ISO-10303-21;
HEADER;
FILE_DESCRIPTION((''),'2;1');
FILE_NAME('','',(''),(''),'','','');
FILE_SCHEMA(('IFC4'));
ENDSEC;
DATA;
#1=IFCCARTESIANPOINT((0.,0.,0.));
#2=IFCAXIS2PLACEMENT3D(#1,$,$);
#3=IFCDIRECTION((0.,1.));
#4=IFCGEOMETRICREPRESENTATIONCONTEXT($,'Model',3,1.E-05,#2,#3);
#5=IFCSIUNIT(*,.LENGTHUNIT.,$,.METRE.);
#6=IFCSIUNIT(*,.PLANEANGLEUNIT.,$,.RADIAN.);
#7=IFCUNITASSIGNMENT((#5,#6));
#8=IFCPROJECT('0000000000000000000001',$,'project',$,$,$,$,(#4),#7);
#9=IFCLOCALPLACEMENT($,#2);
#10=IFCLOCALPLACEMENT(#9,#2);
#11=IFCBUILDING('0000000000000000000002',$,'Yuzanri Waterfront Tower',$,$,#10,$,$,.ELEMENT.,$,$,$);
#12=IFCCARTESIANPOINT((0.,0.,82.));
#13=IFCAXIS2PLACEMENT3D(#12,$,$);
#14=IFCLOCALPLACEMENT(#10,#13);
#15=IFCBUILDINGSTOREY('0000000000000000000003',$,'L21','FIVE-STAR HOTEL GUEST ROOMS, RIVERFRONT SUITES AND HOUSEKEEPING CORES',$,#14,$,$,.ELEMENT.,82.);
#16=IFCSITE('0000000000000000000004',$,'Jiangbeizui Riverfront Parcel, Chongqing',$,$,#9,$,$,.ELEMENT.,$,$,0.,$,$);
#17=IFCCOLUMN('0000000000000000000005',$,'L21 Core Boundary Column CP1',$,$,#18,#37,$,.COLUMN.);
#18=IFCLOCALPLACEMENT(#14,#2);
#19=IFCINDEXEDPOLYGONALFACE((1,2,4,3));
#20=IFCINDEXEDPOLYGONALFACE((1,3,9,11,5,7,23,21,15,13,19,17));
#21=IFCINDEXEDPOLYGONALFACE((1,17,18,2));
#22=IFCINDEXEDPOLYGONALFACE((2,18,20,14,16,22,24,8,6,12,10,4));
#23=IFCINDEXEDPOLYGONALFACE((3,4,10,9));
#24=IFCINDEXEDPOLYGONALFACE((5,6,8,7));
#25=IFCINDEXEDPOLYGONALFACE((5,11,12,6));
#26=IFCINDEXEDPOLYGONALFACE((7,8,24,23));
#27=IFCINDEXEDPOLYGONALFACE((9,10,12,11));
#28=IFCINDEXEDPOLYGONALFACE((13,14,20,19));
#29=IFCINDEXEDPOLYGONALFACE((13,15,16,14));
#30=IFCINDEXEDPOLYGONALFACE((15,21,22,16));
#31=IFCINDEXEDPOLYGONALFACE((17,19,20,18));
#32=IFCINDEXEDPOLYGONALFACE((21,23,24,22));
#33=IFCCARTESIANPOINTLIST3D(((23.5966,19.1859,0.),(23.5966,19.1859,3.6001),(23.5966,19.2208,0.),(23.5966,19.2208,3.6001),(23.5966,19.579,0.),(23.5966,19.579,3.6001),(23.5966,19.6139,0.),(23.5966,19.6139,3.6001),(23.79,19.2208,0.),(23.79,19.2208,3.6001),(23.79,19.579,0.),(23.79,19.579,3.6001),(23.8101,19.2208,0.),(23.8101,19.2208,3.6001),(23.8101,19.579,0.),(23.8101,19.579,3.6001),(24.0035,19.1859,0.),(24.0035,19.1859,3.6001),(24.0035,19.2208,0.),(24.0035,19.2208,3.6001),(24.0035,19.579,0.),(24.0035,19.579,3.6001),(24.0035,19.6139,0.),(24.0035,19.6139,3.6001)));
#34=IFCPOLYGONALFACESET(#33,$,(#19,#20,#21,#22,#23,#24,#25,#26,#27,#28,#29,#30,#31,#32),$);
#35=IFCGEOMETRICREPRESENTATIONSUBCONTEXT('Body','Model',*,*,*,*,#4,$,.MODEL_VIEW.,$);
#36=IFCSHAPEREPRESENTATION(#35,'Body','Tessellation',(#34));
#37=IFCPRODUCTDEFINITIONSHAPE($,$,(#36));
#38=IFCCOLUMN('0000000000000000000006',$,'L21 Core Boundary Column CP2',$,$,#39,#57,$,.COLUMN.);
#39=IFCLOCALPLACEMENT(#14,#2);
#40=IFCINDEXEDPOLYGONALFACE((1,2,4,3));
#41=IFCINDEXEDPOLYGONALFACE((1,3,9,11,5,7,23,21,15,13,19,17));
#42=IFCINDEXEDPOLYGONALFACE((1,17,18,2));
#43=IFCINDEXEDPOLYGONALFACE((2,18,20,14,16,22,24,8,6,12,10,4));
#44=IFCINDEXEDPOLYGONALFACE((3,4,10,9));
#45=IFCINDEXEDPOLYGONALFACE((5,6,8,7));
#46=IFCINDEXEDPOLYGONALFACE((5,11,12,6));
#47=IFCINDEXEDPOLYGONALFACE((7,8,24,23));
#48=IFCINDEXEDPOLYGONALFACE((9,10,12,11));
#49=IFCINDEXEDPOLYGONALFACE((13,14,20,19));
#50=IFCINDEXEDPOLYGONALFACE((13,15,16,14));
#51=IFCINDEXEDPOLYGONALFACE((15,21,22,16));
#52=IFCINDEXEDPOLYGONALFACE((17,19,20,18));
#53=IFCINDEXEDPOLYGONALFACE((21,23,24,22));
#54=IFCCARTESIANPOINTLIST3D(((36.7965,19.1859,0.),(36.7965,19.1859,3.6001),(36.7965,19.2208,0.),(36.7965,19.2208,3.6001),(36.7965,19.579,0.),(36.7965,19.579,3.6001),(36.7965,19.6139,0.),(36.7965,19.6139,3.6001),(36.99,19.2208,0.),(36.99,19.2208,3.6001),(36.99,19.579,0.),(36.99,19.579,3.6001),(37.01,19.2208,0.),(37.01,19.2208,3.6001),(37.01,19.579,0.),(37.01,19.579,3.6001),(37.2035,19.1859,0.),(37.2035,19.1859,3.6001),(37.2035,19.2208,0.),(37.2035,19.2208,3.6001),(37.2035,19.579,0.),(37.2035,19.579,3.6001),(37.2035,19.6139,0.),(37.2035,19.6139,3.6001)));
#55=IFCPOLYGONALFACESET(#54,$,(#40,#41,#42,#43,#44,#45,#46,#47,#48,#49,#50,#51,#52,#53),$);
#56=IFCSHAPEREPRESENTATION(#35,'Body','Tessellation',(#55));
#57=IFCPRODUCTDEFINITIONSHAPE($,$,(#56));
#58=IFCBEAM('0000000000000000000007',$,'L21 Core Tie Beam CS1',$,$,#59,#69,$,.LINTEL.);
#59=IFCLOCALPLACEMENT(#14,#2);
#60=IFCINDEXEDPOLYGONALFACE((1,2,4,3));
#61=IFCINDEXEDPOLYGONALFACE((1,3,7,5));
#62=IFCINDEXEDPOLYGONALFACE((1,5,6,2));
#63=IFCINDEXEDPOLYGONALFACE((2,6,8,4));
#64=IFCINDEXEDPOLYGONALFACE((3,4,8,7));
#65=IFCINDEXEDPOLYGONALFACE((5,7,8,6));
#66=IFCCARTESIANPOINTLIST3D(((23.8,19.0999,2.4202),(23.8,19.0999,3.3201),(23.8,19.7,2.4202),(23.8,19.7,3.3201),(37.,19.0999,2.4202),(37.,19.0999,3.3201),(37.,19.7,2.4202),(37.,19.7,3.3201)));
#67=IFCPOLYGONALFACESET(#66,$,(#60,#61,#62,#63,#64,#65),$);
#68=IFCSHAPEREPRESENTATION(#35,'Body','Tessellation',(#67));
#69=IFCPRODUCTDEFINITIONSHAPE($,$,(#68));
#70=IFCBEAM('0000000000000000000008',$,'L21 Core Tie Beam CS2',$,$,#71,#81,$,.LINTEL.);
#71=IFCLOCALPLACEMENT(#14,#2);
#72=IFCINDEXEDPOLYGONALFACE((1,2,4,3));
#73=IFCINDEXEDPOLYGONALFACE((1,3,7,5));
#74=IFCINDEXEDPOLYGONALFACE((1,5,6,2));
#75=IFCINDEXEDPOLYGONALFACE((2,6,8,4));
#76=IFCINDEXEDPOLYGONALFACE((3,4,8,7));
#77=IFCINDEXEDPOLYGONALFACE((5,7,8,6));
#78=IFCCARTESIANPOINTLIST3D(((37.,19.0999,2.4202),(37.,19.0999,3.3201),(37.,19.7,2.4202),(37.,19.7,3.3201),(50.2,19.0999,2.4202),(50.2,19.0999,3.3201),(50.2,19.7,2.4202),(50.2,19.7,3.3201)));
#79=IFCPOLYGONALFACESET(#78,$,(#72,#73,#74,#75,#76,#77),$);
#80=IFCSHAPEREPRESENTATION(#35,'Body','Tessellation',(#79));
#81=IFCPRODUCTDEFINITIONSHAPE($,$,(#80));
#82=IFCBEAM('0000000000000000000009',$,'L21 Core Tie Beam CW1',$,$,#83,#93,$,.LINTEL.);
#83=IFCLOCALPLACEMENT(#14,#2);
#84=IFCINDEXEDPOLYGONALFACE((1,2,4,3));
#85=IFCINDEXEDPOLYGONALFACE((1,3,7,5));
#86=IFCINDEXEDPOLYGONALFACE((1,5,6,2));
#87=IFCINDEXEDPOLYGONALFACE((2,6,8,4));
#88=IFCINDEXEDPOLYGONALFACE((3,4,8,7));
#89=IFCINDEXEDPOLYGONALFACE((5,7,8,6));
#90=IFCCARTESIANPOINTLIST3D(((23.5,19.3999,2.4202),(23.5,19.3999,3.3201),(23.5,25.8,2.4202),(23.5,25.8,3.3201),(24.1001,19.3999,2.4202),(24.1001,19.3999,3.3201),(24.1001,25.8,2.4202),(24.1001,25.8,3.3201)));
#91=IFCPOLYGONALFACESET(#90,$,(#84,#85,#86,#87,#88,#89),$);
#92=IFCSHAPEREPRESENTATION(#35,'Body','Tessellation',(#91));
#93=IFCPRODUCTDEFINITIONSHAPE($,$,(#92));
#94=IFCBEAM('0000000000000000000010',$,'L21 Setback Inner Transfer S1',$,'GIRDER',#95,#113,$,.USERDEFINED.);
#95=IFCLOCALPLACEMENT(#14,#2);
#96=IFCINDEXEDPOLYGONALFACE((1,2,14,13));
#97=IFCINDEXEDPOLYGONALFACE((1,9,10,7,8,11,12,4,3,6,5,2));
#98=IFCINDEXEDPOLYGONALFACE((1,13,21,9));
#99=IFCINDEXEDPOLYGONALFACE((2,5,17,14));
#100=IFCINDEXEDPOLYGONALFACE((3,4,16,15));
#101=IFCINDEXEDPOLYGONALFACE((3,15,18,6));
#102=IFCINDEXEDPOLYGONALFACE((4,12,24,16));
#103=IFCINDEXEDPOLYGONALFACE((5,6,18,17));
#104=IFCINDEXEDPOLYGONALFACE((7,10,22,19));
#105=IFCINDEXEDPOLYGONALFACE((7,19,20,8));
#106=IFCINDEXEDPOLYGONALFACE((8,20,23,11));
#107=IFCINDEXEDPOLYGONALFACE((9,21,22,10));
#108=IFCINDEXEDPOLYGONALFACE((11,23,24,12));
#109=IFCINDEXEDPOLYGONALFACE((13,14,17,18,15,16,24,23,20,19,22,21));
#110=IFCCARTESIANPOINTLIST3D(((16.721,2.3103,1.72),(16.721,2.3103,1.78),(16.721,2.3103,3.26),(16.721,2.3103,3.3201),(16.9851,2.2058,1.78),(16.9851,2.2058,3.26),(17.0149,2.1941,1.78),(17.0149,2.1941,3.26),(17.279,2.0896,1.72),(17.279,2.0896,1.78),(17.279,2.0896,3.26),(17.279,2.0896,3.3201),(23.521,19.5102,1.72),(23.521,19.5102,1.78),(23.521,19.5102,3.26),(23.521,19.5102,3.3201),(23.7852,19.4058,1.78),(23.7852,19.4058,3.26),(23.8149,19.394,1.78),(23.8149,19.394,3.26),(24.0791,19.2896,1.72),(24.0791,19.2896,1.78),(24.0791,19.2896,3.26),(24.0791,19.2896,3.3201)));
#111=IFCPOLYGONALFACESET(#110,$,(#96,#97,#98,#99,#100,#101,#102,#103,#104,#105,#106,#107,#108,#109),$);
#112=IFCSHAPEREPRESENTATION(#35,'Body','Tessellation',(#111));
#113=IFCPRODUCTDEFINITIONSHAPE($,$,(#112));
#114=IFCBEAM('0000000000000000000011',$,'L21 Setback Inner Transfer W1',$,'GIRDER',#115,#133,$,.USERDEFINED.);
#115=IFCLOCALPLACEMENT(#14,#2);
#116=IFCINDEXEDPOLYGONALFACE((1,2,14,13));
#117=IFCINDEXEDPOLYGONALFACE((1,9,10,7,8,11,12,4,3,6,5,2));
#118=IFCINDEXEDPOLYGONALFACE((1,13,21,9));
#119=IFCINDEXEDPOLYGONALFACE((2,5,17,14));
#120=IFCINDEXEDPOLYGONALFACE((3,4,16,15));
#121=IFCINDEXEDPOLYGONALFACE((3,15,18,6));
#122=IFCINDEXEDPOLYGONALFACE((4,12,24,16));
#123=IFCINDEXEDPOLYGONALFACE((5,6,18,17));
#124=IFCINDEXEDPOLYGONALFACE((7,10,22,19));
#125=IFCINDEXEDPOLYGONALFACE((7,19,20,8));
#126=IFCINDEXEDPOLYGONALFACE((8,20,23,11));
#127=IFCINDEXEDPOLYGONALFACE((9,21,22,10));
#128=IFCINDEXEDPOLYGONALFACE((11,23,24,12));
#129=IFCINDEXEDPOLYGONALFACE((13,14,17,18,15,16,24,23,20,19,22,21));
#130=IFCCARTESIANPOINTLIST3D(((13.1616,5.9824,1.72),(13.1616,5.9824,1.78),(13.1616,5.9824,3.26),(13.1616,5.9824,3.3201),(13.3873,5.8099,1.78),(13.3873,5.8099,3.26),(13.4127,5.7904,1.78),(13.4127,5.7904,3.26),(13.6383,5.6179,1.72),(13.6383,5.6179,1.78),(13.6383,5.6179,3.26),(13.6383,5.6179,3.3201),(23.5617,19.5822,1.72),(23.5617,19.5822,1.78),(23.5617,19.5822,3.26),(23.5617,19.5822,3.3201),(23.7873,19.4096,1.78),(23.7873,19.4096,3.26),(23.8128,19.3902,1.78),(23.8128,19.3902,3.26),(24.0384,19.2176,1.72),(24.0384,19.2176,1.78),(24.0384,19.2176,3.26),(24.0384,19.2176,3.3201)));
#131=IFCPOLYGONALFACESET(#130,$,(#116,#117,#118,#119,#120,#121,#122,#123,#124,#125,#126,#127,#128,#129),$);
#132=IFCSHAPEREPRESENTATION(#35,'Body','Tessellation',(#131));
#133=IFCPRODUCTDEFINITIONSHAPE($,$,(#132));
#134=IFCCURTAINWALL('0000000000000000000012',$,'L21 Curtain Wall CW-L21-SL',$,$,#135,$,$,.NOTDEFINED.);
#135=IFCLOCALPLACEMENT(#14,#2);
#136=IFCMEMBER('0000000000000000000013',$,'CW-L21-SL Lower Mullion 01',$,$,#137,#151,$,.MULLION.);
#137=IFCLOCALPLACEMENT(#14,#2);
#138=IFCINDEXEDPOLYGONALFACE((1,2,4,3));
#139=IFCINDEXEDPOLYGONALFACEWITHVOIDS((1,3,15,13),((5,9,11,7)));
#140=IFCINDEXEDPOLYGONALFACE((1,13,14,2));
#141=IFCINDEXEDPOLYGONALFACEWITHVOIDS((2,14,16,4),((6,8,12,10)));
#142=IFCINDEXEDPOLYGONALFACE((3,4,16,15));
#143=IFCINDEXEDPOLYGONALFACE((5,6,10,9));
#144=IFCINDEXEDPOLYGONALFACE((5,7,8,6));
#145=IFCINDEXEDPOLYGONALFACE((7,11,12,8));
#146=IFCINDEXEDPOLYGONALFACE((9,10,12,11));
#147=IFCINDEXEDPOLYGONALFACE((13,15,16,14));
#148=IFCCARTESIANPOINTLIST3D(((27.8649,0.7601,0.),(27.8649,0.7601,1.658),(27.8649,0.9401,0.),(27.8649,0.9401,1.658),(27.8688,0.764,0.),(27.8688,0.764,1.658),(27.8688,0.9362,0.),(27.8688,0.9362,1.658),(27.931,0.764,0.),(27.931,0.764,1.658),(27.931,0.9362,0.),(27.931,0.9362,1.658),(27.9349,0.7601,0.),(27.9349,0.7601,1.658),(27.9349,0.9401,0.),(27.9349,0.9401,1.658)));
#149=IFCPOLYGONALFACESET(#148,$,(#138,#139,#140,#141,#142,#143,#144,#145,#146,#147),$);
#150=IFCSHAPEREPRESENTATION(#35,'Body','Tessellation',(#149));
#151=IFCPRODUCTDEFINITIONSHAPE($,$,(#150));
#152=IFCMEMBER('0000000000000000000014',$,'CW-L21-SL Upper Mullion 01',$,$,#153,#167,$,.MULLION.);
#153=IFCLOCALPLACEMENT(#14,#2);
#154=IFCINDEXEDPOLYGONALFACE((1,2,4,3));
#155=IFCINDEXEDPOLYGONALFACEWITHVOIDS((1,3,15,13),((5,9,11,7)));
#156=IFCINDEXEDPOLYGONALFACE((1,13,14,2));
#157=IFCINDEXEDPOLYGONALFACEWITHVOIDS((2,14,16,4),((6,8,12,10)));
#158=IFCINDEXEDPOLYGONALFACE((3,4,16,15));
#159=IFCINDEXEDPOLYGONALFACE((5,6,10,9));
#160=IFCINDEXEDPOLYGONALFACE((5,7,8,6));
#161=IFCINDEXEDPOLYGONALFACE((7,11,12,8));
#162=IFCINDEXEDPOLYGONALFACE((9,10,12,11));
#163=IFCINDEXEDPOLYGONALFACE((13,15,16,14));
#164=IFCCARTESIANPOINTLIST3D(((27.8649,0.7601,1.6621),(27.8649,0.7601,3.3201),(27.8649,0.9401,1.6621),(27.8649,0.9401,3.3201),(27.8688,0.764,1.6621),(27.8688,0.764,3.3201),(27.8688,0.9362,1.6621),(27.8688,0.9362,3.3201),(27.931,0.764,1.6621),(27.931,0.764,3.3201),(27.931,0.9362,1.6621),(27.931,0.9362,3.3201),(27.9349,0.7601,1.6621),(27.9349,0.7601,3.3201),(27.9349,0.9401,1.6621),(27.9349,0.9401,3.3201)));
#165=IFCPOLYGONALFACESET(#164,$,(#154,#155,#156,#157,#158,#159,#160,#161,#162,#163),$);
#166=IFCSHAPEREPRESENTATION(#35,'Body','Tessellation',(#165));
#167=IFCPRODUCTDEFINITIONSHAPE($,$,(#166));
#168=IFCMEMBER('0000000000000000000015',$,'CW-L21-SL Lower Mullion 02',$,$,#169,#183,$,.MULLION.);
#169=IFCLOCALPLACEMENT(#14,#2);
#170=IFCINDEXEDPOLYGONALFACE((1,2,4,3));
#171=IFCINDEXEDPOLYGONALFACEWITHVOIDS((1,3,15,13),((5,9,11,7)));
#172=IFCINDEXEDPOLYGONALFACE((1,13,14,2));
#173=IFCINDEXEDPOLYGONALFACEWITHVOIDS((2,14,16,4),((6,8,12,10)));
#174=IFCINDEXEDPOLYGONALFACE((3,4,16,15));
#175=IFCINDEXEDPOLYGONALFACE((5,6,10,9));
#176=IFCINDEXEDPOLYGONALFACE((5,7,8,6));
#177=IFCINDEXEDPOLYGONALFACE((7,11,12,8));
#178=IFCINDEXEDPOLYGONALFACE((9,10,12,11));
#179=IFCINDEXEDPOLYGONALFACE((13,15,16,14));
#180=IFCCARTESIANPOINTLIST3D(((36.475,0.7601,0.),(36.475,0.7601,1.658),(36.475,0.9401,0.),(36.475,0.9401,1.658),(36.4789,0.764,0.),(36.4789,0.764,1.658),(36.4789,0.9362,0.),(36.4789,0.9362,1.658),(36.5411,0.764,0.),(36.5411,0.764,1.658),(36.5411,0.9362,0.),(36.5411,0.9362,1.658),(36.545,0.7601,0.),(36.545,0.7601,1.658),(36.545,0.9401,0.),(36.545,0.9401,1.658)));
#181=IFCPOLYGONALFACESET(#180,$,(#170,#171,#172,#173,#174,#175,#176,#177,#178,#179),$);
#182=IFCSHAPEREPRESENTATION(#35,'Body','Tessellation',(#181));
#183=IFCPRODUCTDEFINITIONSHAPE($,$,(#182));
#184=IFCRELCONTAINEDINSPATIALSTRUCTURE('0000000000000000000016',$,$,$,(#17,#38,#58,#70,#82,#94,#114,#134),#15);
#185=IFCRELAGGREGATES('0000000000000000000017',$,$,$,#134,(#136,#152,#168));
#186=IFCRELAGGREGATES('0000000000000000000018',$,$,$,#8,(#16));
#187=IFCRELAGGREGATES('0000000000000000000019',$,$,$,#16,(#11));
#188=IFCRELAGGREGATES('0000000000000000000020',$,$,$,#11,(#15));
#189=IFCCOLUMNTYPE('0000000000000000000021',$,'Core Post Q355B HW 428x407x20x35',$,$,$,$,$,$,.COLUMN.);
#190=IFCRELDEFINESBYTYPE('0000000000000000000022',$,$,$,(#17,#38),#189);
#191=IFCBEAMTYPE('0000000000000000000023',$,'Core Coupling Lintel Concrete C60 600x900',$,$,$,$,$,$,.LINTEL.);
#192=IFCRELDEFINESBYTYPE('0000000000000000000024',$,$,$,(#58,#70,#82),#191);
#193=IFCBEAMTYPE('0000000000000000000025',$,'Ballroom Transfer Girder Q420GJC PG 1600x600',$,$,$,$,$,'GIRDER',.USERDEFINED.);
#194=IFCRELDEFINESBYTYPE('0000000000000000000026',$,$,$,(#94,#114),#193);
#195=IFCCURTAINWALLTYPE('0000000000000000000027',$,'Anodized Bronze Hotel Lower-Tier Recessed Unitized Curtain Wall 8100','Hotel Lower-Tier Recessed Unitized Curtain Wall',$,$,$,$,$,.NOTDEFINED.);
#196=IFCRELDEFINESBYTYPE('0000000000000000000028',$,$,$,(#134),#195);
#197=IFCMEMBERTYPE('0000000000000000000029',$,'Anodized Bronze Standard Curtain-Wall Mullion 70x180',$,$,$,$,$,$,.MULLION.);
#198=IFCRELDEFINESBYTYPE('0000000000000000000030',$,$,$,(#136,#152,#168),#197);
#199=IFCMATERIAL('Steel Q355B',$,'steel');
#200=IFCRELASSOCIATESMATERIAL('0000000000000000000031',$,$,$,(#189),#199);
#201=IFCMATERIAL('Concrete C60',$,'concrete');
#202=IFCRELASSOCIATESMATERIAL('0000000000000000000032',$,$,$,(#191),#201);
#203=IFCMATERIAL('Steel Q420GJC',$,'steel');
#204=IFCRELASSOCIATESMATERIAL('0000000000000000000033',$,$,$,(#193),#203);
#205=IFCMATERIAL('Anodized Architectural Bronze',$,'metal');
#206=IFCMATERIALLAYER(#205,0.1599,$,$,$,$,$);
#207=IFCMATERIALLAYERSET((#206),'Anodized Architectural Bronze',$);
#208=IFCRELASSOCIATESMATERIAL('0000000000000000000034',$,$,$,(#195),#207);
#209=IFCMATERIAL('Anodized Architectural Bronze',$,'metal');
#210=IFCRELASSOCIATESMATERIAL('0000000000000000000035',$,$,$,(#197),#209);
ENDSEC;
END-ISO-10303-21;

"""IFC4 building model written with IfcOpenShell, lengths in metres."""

from ifc_helpers import new_model, si_unit, direction, frame, origin, origin_2d, place, context, subcontext, project, spatial, rectangle, hollow_rectangle, i_section, extrude, source, transform, mapped, material, layer, layer_set, material_profile, profile_set, type_object, element, aggregate, save


model = new_model("IFC4")

# Units and contexts
model_context = context("Model", 3, precision=1e-05, world=origin(), true_north=direction((0.0, 1.0)))
body_context = subcontext(model_context, "Body", "Model", "MODEL_VIEW")
ifc_project = project(units=[si_unit("LENGTHUNIT", "METRE"), si_unit("PLANEANGLEUNIT", "RADIAN")], contexts=[model_context])

# Site, building, storey
site_placement = place(None, origin())
site = spatial("IfcSite", under=ifc_project, at=site_placement, Name="Jiangbeizui Riverfront Parcel, Chongqing", CompositionType="ELEMENT", RefElevation=0.0)
building_placement = place(site_placement, origin())
building = spatial("IfcBuilding", under=site, at=building_placement, Name="Yuzanri Waterfront Tower", CompositionType="ELEMENT")
storey_placement = place(building_placement, frame((0.0, 0.0, 82.0)))
storey = spatial("IfcBuildingStorey", under=building, at=storey_placement, Name="L21", Description="FIVE-STAR HOTEL GUEST ROOMS, RIVERFRONT SUITES AND HOUSEKEEPING CORES", CompositionType="ELEMENT", Elevation=82.0)

# Columns
ifc_material_1 = material(Name="Steel Q355B", Category="steel")
ifc_material_profile_1 = material_profile(ifc_material_1, i_section(OverallWidth=0.407, OverallDepth=0.428, WebThickness=0.02, FlangeThickness=0.0349, at=origin_2d()), Name="HW 428x407x20x35")
ifc_profile_set_1 = profile_set([ifc_material_profile_1], Name="Steel Q355B")
column_type = type_object("IfcColumnType", Name="Core Post Q355B HW 428x407x20x35", PredefinedType="COLUMN", material=ifc_profile_set_1)
shared_shape_1 = source(origin(), body_context, "Body", "SweptSolid", [
    extrude(i_section(OverallWidth=0.407, OverallDepth=0.428, WebThickness=0.02, FlangeThickness=0.0349, at=origin_2d()), origin(), (0.0, 0.0, 1.0), 3.6001),
])
for number, where, z_axis, x_axis, name in (
    (1, (23.8, 19.3999, 0.0), (0.0, 0.0, 1.0), (1.0, 0.0, 0.0), "L21 Core Boundary Column CP1"),
    (2, (37.0, 19.3999, 0.0), (0.0, 0.0, 1.0), (1.0, 0.0, 0.0), "L21 Core Boundary Column CP2"),
):
    element("IfcColumn", number, at=place(storey_placement, frame(where, z_axis=z_axis, x_axis=x_axis)), inside=storey, type_object=column_type, Name=name, PredefinedType="COLUMN", context=body_context, shape_type="MappedRepresentation", body=[
        mapped(shared_shape_1, transform((0.0, 0.0, 0.0), scale=1.0)),
    ])

# Beams
ifc_material_2 = material(Name="Concrete C60", Category="concrete")
ifc_material_profile_2 = material_profile(ifc_material_2, rectangle(XDim=0.6001, YDim=0.8999, at=origin_2d()), Name="RC 600x900")
ifc_profile_set_2 = profile_set([ifc_material_profile_2], Name="Concrete C60")
beam_type_1 = type_object("IfcBeamType", Name="Core Coupling Lintel Concrete C60 600x900", PredefinedType="LINTEL", material=ifc_profile_set_2)
shared_shape_2 = source(origin(), body_context, "Body", "SweptSolid", [
    extrude(rectangle(XDim=0.6001, YDim=0.8999, at=origin_2d()), origin(), (0.0, 0.0, 1.0), 13.2),
])
for number, where, z_axis, x_axis, name in (
    (3, (23.8, 19.3999, 2.8701), (1.0, 0.0, 0.0), (0.0, 1.0, 0.0), "L21 Core Tie Beam CS1"),
    (4, (37.0, 19.3999, 2.8701), (1.0, 0.0, 0.0), (0.0, 1.0, 0.0), "L21 Core Tie Beam CS2"),
):
    element("IfcBeam", number, at=place(storey_placement, frame(where, z_axis=z_axis, x_axis=x_axis)), inside=storey, type_object=beam_type_1, Name=name, PredefinedType="LINTEL", context=body_context, shape_type="MappedRepresentation", body=[
        mapped(shared_shape_2, transform((0.0, 0.0, 0.0), scale=1.0)),
    ])
shared_shape_3 = source(origin(), body_context, "Body", "SweptSolid", [
    extrude(rectangle(XDim=0.6001, YDim=0.8999, at=origin_2d()), origin(), (0.0, 0.0, 1.0), 6.4001),
])
beam_1_placement = place(storey_placement, frame((23.8, 19.3999, 2.8701), z_axis=(0.0, 1.0, 0.0), x_axis=(-1.0, 0.0, 0.0)))
element("IfcBeam", 5, at=beam_1_placement, inside=storey, type_object=beam_type_1, Name="L21 Core Tie Beam CW1", PredefinedType="LINTEL", context=body_context, shape_type="MappedRepresentation", body=[
    mapped(shared_shape_3, transform((0.0, 0.0, 0.0), scale=1.0)),
])
ifc_material_3 = material(Name="Steel Q420GJC", Category="steel")
ifc_material_profile_3 = material_profile(ifc_material_3, i_section(OverallWidth=0.6001, OverallDepth=1.6001, WebThickness=0.032, FlangeThickness=0.0601, at=origin_2d()), Name="PG 1600x600x32x60")
ifc_profile_set_3 = profile_set([ifc_material_profile_3], Name="Steel Q420GJC")
beam_type_2 = type_object("IfcBeamType", Name="Ballroom Transfer Girder Q420GJC PG 1600x600", ElementType="GIRDER", PredefinedType="USERDEFINED", material=ifc_profile_set_3)
shared_shape_4 = source(origin(), body_context, "Body", "SweptSolid", [
    extrude(i_section(OverallWidth=0.6001, OverallDepth=1.6001, WebThickness=0.032, FlangeThickness=0.0601, at=origin_2d()), origin(), (0.0, 0.0, 1.0), 18.4954),
])
beam_2_placement = place(storey_placement, frame((23.8, 19.3999, 2.52), z_axis=(-0.367662, -0.929959, 0.0), x_axis=(0.929959, -0.367662, 0.0)))
element("IfcBeam", 6, at=beam_2_placement, inside=storey, type_object=beam_type_2, Name="L21 Setback Inner Transfer S1", ObjectType="GIRDER", PredefinedType="USERDEFINED", context=body_context, shape_type="MappedRepresentation", body=[
    mapped(shared_shape_4, transform((0.0, 0.0, 0.0), scale=1.0)),
])
shared_shape_5 = source(origin(), body_context, "Body", "SweptSolid", [
    extrude(i_section(OverallWidth=0.6001, OverallDepth=1.6001, WebThickness=0.032, FlangeThickness=0.0601, at=origin_2d()), origin(), (0.0, 0.0, 1.0), 17.1206),
])
beam_3_placement = place(storey_placement, frame((23.8, 19.3999, 2.52), z_axis=(-0.60746, -0.794351, 0.0), x_axis=(0.794351, -0.60746, 0.0)))
element("IfcBeam", 7, at=beam_3_placement, inside=storey, type_object=beam_type_2, Name="L21 Setback Inner Transfer W1", ObjectType="GIRDER", PredefinedType="USERDEFINED", context=body_context, shape_type="MappedRepresentation", body=[
    mapped(shared_shape_5, transform((0.0, 0.0, 0.0), scale=1.0)),
])

# Curtain wall, members
ifc_material_4 = material(Name="Anodized Architectural Bronze", Category="metal")
ifc_layer_1 = layer(ifc_material_4, 0.1599)
ifc_layer_set_1 = layer_set([ifc_layer_1], Name="Anodized Architectural Bronze")
curtain_wall_type = type_object("IfcCurtainWallType", Name="Anodized Bronze Hotel Lower-Tier Recessed Unitized Curtain Wall 8100", Description="Hotel Lower-Tier Recessed Unitized Curtain Wall", PredefinedType="NOTDEFINED", material=ifc_layer_set_1)
curtain_wall_placement = place(storey_placement, origin())
curtain_wall = element("IfcCurtainWall", 8, at=curtain_wall_placement, inside=storey, type_object=curtain_wall_type, Name="L21 Curtain Wall CW-L21-SL", PredefinedType="NOTDEFINED")
ifc_material_5 = material(Name="Anodized Architectural Bronze", Category="metal")
ifc_material_profile_4 = material_profile(ifc_material_5, hollow_rectangle(XDim=0.0701, YDim=0.1799, WallThickness=0.0039, at=origin_2d()), Name="CWM 70x180")
ifc_profile_set_4 = profile_set([ifc_material_profile_4], Name="Anodized Architectural Bronze")
member_type = type_object("IfcMemberType", Name="Anodized Bronze Standard Curtain-Wall Mullion 70x180", PredefinedType="MULLION", material=ifc_profile_set_4)
shared_shape_6 = source(origin(), body_context, "Body", "SweptSolid", [
    extrude(hollow_rectangle(XDim=0.0701, YDim=0.1799, WallThickness=0.0039, at=origin_2d()), origin(), (0.0, 0.0, 1.0), 1.658),
])
member_1_placement = place(storey_placement, frame((27.8999, 0.8501, 0.0), z_axis=(0.0, 0.0, 1.0), x_axis=(1.0, 0.0, 0.0)))
member_1 = element("IfcMember", 9, at=member_1_placement, type_object=member_type, Name="CW-L21-SL Lower Mullion 01", PredefinedType="MULLION", context=body_context, shape_type="MappedRepresentation", body=[
    mapped(shared_shape_6, transform((0.0, 0.0, 0.0), scale=1.0)),
])
member_2_placement = place(storey_placement, frame((27.8999, 0.8501, 1.6621), z_axis=(0.0, 0.0, 1.0), x_axis=(1.0, 0.0, 0.0)))
member_2 = element("IfcMember", 10, at=member_2_placement, type_object=member_type, Name="CW-L21-SL Upper Mullion 01", PredefinedType="MULLION", context=body_context, shape_type="MappedRepresentation", body=[
    mapped(shared_shape_6, transform((0.0, 0.0, 0.0), scale=1.0)),
])
member_3_placement = place(storey_placement, frame((36.51, 0.8501, 0.0), z_axis=(0.0, 0.0, 1.0), x_axis=(1.0, 0.0, 0.0)))
member_3 = element("IfcMember", 11, at=member_3_placement, type_object=member_type, Name="CW-L21-SL Lower Mullion 02", PredefinedType="MULLION", context=body_context, shape_type="MappedRepresentation", body=[
    mapped(shared_shape_6, transform((0.0, 0.0, 0.0), scale=1.0)),
])
aggregate(curtain_wall, [member_1, member_2, member_3])

save(model, "model.ifc")
